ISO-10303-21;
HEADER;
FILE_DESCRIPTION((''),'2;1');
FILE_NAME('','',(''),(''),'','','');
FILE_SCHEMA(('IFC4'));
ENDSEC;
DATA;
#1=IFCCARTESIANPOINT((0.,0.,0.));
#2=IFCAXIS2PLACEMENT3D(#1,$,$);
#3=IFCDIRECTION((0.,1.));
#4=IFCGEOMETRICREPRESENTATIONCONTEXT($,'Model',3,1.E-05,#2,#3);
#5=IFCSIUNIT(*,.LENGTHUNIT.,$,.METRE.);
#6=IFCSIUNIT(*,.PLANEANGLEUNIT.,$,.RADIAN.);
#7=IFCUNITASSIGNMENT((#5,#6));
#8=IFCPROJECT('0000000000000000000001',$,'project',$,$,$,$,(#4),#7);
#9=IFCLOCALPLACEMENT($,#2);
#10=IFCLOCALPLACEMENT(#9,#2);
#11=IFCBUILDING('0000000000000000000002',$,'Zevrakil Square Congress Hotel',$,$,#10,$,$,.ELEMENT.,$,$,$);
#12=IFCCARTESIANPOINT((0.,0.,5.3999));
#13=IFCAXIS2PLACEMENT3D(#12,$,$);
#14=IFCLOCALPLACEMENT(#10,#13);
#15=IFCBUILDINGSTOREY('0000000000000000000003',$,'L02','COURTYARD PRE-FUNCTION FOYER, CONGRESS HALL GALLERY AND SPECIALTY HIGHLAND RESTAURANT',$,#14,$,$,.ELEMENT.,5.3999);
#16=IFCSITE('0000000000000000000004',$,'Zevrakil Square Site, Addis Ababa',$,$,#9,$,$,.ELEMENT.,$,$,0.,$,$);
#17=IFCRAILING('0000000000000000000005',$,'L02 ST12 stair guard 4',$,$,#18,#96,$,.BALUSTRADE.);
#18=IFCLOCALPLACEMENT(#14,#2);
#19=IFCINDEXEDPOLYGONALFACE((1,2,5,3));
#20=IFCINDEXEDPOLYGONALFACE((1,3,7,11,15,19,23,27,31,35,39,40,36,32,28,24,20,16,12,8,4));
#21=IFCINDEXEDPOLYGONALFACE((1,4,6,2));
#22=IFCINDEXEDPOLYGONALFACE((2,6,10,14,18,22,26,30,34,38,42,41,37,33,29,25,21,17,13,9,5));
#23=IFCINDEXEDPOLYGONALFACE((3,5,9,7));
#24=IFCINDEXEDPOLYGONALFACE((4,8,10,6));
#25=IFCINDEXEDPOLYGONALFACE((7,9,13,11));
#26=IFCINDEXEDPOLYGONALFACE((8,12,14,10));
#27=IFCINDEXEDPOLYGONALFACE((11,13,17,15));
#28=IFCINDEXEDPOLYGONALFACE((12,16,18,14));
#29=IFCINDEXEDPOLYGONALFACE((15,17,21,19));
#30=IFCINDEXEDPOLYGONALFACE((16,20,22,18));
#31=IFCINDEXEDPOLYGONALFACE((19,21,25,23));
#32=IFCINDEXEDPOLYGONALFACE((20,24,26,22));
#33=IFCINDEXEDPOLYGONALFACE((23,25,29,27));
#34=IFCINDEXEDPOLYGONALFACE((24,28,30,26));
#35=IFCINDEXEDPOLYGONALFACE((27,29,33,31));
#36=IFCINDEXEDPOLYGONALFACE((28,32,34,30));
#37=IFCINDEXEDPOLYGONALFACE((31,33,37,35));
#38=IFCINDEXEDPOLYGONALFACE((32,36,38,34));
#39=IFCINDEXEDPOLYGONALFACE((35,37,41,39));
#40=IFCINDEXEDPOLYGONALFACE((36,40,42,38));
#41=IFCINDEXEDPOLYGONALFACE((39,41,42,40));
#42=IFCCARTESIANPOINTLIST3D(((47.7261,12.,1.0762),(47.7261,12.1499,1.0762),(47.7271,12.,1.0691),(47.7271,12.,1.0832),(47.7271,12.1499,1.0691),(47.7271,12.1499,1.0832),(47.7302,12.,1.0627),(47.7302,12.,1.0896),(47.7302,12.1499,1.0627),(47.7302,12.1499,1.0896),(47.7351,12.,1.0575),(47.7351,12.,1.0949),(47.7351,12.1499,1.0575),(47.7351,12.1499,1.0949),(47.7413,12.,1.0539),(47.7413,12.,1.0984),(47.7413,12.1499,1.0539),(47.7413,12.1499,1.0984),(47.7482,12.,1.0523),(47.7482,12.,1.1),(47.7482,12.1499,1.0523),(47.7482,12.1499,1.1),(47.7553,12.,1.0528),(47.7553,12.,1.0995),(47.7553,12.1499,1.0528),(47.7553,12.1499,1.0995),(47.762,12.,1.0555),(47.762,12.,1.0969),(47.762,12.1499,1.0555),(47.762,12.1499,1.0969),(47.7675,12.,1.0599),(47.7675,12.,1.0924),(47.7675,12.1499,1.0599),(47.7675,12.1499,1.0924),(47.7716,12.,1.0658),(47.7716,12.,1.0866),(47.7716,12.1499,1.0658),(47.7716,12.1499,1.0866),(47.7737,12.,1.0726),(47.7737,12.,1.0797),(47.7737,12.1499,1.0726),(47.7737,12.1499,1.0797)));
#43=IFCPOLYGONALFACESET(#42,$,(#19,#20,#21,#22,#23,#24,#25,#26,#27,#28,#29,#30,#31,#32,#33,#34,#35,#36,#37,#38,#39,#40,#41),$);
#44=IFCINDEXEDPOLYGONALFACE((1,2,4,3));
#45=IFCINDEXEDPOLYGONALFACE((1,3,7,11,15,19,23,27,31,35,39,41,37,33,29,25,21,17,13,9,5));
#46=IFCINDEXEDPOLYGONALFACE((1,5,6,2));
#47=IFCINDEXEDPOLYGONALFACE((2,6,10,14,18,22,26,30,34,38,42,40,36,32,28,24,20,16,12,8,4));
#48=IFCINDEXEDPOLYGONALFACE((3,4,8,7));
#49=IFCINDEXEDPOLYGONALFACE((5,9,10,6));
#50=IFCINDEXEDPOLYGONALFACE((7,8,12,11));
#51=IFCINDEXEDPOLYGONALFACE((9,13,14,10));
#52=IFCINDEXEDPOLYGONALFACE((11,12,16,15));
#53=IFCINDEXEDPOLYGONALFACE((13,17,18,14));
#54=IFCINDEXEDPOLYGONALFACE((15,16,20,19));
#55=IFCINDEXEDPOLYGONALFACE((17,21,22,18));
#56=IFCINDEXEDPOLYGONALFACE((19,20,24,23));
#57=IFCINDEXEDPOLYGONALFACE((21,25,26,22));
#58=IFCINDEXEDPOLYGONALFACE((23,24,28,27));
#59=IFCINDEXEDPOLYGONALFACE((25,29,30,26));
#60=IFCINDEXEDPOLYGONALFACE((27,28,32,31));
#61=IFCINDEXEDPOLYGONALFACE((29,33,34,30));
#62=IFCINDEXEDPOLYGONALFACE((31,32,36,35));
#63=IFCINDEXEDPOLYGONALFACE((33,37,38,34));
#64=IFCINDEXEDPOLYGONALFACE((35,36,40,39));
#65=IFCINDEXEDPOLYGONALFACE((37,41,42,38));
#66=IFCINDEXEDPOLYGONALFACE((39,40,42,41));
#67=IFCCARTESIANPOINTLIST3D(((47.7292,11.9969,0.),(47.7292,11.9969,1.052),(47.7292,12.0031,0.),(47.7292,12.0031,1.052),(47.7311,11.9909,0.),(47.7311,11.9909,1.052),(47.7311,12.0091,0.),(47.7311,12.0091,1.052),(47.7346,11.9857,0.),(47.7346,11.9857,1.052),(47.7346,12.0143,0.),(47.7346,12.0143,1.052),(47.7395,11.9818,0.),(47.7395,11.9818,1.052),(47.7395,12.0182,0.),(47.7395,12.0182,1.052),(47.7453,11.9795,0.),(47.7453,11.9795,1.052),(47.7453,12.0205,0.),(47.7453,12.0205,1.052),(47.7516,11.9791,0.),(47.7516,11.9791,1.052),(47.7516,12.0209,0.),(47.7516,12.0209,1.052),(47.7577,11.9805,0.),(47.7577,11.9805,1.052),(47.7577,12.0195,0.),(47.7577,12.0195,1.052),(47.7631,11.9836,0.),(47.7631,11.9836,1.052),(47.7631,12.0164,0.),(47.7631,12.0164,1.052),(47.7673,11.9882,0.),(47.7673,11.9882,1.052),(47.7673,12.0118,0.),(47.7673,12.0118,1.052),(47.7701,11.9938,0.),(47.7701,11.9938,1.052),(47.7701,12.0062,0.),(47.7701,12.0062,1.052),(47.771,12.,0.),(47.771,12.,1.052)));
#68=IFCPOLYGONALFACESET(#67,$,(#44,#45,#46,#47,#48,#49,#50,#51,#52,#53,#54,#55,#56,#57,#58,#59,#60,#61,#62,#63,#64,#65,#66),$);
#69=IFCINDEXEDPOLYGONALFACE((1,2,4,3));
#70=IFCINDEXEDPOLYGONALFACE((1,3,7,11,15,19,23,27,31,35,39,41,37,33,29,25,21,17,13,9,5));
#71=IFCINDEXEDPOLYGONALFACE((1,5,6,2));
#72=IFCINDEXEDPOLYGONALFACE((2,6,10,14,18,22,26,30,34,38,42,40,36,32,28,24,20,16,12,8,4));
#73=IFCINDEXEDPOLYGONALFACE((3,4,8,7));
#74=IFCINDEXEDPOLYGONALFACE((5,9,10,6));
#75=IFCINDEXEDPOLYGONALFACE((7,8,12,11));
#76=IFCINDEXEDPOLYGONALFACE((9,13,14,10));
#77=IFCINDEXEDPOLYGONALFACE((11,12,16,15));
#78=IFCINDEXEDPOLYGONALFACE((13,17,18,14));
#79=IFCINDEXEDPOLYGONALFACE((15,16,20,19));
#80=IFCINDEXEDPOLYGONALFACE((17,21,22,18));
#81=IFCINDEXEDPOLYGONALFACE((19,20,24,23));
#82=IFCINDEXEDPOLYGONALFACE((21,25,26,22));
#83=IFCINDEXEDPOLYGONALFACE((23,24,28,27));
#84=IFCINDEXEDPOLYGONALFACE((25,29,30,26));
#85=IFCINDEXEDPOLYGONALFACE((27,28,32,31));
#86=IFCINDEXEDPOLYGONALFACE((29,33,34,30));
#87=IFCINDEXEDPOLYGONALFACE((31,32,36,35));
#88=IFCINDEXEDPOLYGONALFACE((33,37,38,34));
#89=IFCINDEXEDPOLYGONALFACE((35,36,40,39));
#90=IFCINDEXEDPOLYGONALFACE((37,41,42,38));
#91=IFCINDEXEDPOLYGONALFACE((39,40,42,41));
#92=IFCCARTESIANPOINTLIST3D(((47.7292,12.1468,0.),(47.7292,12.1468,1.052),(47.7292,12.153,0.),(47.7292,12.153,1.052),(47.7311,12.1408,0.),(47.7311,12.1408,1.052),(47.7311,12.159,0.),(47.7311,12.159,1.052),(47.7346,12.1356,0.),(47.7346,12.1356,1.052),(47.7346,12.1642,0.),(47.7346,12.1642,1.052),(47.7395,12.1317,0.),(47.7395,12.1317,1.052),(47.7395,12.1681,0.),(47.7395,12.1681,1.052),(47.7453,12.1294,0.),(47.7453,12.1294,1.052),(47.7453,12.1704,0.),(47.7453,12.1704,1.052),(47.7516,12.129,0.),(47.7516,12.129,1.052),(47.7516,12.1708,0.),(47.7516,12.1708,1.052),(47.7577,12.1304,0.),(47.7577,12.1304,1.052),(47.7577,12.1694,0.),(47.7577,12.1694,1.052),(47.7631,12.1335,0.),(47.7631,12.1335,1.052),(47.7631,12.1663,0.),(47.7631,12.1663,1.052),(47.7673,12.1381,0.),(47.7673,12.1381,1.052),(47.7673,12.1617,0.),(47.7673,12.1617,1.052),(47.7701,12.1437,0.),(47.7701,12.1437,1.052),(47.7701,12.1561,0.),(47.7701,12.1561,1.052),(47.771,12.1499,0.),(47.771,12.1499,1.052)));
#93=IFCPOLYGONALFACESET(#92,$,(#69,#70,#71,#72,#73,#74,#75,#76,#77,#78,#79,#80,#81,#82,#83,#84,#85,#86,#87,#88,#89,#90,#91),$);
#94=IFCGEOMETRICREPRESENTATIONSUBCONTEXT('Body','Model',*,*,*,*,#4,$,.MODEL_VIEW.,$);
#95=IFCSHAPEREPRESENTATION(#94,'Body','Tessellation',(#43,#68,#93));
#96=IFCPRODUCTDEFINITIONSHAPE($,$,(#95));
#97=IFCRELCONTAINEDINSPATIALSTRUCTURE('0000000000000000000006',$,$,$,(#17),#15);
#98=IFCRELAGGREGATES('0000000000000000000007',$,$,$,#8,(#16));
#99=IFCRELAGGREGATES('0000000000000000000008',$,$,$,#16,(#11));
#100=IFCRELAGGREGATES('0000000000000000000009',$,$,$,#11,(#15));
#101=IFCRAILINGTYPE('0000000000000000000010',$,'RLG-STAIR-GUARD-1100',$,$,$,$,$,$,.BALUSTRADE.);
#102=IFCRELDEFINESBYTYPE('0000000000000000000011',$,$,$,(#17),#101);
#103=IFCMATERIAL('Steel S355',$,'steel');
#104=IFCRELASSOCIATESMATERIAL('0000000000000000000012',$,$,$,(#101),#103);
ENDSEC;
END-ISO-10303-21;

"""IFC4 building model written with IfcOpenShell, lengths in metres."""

from ifc_helpers import new_model, si_unit, direction, frame, origin, origin_2d, place, context, subcontext, project, spatial, circle, extrude, material, type_object, element, save


model = new_model("IFC4")

# Units and contexts
model_context = context("Model", 3, precision=1e-05, world=origin(), true_north=direction((0.0, 1.0)))
body_context = subcontext(model_context, "Body", "Model", "MODEL_VIEW")
ifc_project = project(units=[si_unit("LENGTHUNIT", "METRE"), si_unit("PLANEANGLEUNIT", "RADIAN")], contexts=[model_context])

# Site, building, storey
site_placement = place(None, origin())
site = spatial("IfcSite", under=ifc_project, at=site_placement, Name="Zevrakil Square Site, Addis Ababa", CompositionType="ELEMENT", RefElevation=0.0)
building_placement = place(site_placement, origin())
building = spatial("IfcBuilding", under=site, at=building_placement, Name="Zevrakil Square Congress Hotel", CompositionType="ELEMENT")
storey_placement = place(building_placement, frame((0.0, 0.0, 5.3999)))
storey = spatial("IfcBuildingStorey", under=building, at=storey_placement, Name="L02", Description="COURTYARD PRE-FUNCTION FOYER, CONGRESS HALL GALLERY AND SPECIALTY HIGHLAND RESTAURANT", CompositionType="ELEMENT", Elevation=5.3999)

# Railing
ifc_material_1 = material(Name="Steel S355", Category="steel")
railing_type_1 = type_object("IfcRailingType", Name="RLG-STAIR-GUARD-1100", PredefinedType="BALUSTRADE", material=ifc_material_1)
railing_1_placement = place(storey_placement, frame((47.75, 12.0, 0.0)))
element("IfcRailing", 1, at=railing_1_placement, inside=storey, type_object=railing_type_1, Name="L02 ST12 stair guard 4", PredefinedType="BALUSTRADE", context=body_context, shape_type="SweptSolid", body=[
    extrude(circle(Radius=0.0239, at=origin_2d()), frame((0.0, 0.0, 1.0762), z_axis=(0.0, 1.0, 0.0), x_axis=(-1.0, 0.0, 0.0)), (0.0, 0.0, 1.0), 0.1499),
    extrude(circle(Radius=0.021, at=origin_2d()), origin(), (0.0, 0.0, 1.0), 1.052),
    extrude(circle(Radius=0.021, at=origin_2d()), frame((0.0, 0.1499, 0.0)), (0.0, 0.0, 1.0), 1.052),
])

save(model, "model.ifc")
